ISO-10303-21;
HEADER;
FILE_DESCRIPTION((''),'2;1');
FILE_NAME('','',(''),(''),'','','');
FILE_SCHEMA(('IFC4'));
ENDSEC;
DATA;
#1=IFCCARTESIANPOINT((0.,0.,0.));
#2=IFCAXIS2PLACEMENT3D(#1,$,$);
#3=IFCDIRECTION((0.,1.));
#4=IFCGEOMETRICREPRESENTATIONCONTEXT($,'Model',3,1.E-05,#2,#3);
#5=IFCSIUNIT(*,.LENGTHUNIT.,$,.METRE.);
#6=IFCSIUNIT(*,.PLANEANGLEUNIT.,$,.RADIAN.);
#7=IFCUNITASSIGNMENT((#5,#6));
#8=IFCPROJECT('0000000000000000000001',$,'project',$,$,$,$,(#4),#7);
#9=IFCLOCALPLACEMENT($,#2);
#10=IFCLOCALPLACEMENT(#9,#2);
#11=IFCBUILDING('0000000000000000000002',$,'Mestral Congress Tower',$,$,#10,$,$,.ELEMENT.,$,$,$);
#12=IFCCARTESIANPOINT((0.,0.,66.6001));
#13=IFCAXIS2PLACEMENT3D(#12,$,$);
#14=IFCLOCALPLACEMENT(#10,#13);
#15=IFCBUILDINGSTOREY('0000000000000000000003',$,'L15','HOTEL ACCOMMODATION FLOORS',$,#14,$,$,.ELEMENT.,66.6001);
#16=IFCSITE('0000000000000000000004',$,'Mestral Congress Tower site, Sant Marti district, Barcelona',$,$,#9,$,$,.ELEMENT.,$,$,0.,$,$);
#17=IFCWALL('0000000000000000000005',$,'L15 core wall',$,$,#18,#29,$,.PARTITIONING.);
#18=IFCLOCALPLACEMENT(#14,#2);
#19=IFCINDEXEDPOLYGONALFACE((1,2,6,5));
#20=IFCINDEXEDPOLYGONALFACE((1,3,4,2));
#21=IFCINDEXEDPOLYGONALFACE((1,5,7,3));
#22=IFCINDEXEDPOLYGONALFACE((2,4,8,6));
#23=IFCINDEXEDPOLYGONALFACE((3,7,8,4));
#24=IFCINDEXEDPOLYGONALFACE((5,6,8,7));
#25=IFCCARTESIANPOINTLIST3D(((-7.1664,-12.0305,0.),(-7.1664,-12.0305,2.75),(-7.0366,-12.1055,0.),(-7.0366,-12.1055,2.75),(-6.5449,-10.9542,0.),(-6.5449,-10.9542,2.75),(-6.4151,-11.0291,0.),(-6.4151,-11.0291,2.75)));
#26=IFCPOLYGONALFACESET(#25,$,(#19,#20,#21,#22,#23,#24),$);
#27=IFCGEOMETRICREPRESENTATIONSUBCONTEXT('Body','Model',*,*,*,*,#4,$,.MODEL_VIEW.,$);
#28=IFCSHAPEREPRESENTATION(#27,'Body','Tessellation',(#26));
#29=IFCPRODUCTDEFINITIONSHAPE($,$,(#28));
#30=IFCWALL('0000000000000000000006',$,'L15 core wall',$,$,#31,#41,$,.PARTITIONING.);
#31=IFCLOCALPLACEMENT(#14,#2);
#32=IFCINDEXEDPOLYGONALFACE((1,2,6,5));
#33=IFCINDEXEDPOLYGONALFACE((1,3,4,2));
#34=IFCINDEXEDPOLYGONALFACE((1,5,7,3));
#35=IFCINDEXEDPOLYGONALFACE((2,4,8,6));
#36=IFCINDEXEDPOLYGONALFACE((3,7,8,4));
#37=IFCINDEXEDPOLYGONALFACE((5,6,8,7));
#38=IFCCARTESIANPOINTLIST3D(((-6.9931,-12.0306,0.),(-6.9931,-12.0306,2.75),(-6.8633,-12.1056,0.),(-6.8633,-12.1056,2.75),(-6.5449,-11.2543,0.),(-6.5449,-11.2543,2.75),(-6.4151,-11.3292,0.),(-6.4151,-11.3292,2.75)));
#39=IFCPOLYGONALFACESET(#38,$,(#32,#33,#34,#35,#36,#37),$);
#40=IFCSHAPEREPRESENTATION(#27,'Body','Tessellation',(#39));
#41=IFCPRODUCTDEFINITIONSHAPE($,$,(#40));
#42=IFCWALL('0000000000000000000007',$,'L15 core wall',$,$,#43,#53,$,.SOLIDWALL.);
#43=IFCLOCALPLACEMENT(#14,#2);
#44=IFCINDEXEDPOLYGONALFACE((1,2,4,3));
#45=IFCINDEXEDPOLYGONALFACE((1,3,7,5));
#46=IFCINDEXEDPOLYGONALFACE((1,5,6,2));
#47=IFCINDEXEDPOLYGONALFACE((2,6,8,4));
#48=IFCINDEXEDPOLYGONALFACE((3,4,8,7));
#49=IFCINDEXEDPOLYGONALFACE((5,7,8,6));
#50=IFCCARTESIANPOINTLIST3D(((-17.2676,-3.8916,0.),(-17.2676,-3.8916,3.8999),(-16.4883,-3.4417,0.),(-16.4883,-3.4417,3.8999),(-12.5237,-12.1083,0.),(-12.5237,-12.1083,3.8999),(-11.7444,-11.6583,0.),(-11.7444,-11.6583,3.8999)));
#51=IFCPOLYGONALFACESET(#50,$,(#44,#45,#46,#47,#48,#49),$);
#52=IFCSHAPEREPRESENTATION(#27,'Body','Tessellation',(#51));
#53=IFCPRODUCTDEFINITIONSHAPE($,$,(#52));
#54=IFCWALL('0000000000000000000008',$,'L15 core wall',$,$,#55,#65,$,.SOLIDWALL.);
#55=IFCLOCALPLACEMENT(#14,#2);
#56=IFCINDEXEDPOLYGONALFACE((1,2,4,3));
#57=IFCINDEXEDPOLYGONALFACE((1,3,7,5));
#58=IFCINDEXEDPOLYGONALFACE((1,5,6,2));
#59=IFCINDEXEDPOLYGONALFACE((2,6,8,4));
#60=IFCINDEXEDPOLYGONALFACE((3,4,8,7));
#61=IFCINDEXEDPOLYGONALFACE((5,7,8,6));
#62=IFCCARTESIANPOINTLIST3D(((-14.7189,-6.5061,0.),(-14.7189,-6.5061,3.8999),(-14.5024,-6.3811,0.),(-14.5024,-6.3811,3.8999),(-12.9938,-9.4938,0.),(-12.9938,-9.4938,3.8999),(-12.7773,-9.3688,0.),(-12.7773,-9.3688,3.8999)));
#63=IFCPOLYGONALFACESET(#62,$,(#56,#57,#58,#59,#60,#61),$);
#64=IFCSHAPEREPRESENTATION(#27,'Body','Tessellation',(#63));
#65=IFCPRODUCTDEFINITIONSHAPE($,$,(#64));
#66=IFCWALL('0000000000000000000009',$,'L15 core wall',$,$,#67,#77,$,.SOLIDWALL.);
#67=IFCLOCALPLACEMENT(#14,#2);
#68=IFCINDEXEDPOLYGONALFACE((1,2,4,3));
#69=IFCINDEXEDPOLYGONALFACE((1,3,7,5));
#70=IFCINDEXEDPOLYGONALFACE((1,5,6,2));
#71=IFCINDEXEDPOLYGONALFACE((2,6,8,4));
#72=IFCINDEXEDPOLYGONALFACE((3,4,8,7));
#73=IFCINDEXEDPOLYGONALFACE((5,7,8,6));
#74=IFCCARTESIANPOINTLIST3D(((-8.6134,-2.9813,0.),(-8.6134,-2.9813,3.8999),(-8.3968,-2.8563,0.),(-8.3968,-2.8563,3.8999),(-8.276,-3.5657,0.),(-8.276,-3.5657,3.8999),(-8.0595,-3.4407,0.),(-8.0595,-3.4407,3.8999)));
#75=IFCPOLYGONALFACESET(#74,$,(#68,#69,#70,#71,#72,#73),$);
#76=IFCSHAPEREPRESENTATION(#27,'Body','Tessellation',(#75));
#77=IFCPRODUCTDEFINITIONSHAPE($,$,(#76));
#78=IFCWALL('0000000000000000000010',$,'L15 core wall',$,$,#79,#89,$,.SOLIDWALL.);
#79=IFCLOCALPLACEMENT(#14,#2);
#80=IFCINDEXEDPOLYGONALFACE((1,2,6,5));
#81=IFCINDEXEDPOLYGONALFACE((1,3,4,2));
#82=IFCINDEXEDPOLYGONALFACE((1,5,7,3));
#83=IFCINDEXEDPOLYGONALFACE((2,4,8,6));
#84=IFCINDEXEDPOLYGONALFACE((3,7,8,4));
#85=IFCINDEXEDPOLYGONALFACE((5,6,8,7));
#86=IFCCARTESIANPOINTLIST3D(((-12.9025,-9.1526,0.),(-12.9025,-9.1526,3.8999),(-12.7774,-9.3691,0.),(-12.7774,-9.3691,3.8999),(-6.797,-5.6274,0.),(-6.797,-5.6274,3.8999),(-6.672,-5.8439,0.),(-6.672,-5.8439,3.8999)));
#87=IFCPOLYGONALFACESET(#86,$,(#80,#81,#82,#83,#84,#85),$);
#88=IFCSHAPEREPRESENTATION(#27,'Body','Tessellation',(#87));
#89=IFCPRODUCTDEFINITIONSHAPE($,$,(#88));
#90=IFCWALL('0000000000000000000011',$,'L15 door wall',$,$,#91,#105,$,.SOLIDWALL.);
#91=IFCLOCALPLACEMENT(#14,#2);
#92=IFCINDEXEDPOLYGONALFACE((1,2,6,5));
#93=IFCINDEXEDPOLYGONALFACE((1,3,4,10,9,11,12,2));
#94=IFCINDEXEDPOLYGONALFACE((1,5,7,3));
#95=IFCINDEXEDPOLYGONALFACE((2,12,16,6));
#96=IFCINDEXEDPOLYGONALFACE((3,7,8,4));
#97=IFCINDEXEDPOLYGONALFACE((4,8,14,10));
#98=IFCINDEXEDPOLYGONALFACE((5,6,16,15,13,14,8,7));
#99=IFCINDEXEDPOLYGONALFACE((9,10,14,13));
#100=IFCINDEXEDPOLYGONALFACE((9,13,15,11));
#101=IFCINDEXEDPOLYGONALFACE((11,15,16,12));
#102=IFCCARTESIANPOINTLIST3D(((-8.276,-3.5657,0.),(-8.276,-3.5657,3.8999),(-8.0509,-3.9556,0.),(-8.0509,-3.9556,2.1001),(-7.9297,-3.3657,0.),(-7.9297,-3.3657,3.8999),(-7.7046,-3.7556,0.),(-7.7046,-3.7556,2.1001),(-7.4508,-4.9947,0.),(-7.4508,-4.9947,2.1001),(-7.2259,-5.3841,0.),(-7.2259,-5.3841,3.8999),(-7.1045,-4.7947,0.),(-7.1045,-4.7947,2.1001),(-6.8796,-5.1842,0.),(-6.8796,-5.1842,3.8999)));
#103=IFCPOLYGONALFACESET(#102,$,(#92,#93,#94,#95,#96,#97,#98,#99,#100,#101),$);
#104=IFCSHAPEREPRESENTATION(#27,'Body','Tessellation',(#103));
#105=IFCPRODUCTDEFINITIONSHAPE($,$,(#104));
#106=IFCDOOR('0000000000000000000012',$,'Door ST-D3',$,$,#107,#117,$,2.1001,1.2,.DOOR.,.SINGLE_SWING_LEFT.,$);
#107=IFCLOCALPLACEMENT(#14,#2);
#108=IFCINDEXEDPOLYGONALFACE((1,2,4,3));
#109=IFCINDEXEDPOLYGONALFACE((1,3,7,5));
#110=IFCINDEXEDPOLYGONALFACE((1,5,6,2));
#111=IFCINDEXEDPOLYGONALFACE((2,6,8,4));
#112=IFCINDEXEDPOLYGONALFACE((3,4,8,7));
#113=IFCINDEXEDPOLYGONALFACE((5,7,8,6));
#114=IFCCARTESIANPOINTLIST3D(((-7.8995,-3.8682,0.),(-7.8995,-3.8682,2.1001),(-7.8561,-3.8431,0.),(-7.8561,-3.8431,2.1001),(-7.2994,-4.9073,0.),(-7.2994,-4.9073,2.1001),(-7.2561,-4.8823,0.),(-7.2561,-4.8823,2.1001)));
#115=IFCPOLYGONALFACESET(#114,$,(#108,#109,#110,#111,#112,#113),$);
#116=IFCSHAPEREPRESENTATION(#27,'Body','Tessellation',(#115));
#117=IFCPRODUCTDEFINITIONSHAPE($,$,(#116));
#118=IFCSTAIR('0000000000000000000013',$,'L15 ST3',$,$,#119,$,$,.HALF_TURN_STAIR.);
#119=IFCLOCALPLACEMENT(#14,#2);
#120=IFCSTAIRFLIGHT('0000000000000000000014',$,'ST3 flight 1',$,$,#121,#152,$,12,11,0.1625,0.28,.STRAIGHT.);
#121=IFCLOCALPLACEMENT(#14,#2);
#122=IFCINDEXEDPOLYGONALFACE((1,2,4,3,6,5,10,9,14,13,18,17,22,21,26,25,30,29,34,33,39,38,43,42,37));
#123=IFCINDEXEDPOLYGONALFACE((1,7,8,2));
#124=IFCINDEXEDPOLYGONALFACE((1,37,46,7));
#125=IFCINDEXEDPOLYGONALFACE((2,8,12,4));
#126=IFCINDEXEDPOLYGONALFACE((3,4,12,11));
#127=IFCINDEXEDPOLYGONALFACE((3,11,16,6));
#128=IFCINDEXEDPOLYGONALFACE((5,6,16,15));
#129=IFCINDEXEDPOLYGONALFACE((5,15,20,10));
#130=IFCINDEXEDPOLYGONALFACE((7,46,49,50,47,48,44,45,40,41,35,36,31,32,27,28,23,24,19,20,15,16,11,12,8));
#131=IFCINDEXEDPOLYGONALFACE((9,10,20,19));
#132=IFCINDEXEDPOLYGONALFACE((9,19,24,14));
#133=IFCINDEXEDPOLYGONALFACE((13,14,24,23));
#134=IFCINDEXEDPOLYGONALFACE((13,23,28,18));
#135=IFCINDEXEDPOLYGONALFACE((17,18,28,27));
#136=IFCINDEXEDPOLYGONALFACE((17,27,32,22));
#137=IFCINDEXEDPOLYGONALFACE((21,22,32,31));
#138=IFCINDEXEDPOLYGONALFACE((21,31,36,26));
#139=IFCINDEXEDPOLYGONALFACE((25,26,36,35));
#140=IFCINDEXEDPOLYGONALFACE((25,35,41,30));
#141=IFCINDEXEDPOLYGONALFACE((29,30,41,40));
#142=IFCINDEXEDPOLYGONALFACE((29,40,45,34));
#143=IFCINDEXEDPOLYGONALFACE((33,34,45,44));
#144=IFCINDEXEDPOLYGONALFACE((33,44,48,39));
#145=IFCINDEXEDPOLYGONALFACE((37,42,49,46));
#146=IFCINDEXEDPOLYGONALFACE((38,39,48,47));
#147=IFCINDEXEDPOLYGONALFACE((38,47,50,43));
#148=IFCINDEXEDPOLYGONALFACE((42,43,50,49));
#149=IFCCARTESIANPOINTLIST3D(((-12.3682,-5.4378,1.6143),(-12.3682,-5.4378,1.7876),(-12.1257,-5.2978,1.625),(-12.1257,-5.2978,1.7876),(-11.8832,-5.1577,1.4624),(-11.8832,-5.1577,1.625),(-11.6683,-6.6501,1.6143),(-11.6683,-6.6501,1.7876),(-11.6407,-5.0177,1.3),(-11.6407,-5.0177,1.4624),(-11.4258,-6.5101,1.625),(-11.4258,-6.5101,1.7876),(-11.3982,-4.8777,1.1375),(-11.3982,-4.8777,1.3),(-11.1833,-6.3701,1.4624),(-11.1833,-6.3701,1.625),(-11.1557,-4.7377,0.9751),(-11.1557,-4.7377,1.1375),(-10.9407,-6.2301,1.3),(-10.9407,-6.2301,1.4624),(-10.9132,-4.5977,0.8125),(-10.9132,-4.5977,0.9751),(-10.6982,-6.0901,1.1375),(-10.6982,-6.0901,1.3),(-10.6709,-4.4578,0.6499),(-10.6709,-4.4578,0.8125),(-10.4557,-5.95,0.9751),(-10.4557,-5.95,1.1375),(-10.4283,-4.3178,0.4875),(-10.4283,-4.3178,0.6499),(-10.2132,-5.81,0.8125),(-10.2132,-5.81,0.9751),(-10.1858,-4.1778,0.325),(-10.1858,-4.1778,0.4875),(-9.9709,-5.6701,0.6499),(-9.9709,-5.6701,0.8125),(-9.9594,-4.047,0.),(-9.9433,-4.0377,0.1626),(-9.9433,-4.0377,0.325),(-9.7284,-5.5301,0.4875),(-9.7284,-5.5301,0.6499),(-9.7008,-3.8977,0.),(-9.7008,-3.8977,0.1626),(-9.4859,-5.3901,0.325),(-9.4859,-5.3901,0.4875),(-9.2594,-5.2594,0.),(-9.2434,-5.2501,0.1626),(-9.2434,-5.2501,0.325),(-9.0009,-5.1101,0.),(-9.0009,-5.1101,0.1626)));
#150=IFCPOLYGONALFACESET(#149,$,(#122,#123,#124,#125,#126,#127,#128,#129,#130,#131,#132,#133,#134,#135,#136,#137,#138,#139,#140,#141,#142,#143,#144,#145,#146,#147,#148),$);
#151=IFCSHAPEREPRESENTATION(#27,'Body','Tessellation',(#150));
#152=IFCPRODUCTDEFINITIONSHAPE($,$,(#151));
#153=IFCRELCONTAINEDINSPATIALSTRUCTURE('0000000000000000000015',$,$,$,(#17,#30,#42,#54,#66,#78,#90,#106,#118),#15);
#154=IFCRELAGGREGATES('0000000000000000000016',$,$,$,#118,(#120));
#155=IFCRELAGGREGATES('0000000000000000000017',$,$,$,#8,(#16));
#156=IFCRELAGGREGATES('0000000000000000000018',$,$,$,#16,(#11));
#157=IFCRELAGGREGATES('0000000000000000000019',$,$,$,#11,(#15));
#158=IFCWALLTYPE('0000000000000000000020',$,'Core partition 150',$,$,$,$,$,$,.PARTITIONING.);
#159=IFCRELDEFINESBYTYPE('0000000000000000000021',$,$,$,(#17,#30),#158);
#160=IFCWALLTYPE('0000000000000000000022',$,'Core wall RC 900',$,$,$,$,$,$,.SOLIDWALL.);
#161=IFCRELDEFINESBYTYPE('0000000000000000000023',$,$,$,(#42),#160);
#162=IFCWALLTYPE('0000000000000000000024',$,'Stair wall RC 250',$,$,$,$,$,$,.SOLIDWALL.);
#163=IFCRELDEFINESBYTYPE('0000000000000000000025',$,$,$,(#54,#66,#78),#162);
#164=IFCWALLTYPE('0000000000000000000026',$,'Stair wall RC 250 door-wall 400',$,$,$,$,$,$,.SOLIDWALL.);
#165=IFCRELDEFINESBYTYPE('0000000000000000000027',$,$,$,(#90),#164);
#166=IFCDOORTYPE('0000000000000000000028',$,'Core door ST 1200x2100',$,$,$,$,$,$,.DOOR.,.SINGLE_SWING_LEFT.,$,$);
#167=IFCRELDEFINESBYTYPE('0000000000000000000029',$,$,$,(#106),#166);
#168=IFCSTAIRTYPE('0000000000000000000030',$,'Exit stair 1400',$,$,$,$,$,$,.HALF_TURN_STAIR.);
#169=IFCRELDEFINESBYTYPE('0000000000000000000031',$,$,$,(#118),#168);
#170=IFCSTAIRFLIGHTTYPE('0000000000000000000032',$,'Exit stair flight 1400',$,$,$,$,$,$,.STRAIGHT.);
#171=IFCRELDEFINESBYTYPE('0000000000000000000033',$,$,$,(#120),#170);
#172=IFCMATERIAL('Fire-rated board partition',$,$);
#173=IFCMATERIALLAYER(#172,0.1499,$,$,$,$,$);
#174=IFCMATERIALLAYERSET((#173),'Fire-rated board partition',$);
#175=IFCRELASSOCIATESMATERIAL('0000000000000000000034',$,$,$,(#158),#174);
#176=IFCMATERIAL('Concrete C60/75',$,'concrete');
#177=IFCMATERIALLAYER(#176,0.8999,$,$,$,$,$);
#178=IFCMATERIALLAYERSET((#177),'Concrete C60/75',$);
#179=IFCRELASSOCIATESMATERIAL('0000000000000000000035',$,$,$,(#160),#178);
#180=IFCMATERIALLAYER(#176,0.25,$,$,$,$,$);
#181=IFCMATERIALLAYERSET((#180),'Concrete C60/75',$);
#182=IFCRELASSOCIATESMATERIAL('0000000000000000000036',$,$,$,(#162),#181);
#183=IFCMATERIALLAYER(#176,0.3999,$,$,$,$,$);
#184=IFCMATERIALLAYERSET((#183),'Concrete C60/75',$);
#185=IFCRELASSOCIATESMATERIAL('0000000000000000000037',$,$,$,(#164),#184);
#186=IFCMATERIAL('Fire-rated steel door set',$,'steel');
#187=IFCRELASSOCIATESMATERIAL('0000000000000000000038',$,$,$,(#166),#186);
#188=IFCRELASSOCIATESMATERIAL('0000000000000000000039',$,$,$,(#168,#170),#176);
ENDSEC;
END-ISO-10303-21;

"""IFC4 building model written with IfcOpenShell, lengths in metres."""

from ifc_helpers import new_model, si_unit, direction, frame, frame_2d, origin, place, context, subcontext, project, spatial, polyline, rectangle, outline, extrude, material, layer, layer_set, type_object, element, fill, aggregate, save


model = new_model("IFC4")

# Units and contexts
model_context = context("Model", 3, precision=1e-05, world=origin(), true_north=direction((0.0, 1.0)))
body_context = subcontext(model_context, "Body", "Model", "MODEL_VIEW")
ifc_project = project(units=[si_unit("LENGTHUNIT", "METRE"), si_unit("PLANEANGLEUNIT", "RADIAN")], contexts=[model_context])

# Site, building, storey
site_placement = place(None, origin())
site = spatial("IfcSite", under=ifc_project, at=site_placement, Name="Mestral Congress Tower site, Sant Marti district, Barcelona", CompositionType="ELEMENT", RefElevation=0.0)
building_placement = place(site_placement, origin())
building = spatial("IfcBuilding", under=site, at=building_placement, Name="Mestral Congress Tower", CompositionType="ELEMENT")
storey_placement = place(building_placement, frame((0.0, 0.0, 66.6001)))
storey = spatial("IfcBuildingStorey", under=building, at=storey_placement, Name="L15", Description="HOTEL ACCOMMODATION FLOORS", CompositionType="ELEMENT", Elevation=66.6001)

# Walls
ifc_material_1 = material(Name="Fire-rated board partition")
ifc_layer_1 = layer(ifc_material_1, 0.1499)
ifc_layer_set_1 = layer_set([ifc_layer_1], Name="Fire-rated board partition")
wall_type_1 = type_object("IfcWallType", Name="Core partition 150", PredefinedType="PARTITIONING", material=ifc_layer_set_1)
wall_1_placement = place(storey_placement, frame((-7.1016, -12.0681, 0.0), z_axis=(0.0, 0.0, 1.0), x_axis=(0.500068, 0.865986, 0.0)))
element("IfcWall", 1, at=wall_1_placement, inside=storey, type_object=wall_type_1, Name="L15 core wall", PredefinedType="PARTITIONING", context=body_context, shape_type="SweptSolid", body=[
    extrude(rectangle(XDim=1.2429, YDim=0.1499, at=frame_2d((0.6216, 0.0))), origin(), (0.0, 0.0, 1.0), 2.75),
])
wall_2_placement = place(storey_placement, frame((-6.9282, -12.0681, 0.0), z_axis=(0.0, 0.0, 1.0), x_axis=(0.500005, 0.866022, 0.0)))
element("IfcWall", 2, at=wall_2_placement, inside=storey, type_object=wall_type_1, Name="L15 core wall", PredefinedType="PARTITIONING", context=body_context, shape_type="SweptSolid", body=[
    extrude(rectangle(XDim=0.8965, YDim=0.1499, at=frame_2d((0.4482, 0.0))), origin(), (0.0, 0.0, 1.0), 2.75),
])
ifc_material_2 = material(Name="Concrete C60/75", Category="concrete")
ifc_layer_2 = layer(ifc_material_2, 0.8999)
ifc_layer_set_2 = layer_set([ifc_layer_2], Name="Concrete C60/75")
wall_type_2 = type_object("IfcWallType", Name="Core wall RC 900", PredefinedType="SOLIDWALL", material=ifc_layer_set_2)
wall_3_placement = place(storey_placement, frame((-12.134, -11.8833, 0.0), z_axis=(0.0, 0.0, 1.0), x_axis=(-0.500005, 0.866022, 0.0)))
element("IfcWall", 3, at=wall_3_placement, inside=storey, type_object=wall_type_2, Name="L15 core wall", PredefinedType="SOLIDWALL", context=body_context, shape_type="SweptSolid", body=[
    extrude(rectangle(XDim=9.4878, YDim=0.8999, at=frame_2d((4.7439, 0.0))), origin(), (0.0, 0.0, 1.0), 3.8999),
])
ifc_layer_3 = layer(ifc_material_2, 0.25)
ifc_layer_set_3 = layer_set([ifc_layer_3], Name="Concrete C60/75")
wall_type_3 = type_object("IfcWallType", Name="Stair wall RC 250", PredefinedType="SOLIDWALL", material=ifc_layer_set_3)
wall_4_placement = place(storey_placement, frame((-12.8855, -9.4314, 0.0), z_axis=(0.0, 0.0, 1.0), x_axis=(-0.500021, 0.866014, 0.0)))
element("IfcWall", 4, at=wall_4_placement, inside=storey, type_object=wall_type_3, Name="L15 core wall", PredefinedType="SOLIDWALL", context=body_context, shape_type="SweptSolid", body=[
    extrude(rectangle(XDim=3.45, YDim=0.25, at=frame_2d((1.7251, 0.0))), origin(), (0.0, 0.0, 1.0), 3.8999),
])
wall_5_placement = place(storey_placement, frame((-8.1677, -3.5032, 0.0), z_axis=(0.0, 0.0, 1.0), x_axis=(-0.499952, 0.866053, 0.0)))
element("IfcWall", 5, at=wall_5_placement, inside=storey, type_object=wall_type_3, Name="L15 core wall", PredefinedType="SOLIDWALL", context=body_context, shape_type="SweptSolid", body=[
    extrude(rectangle(XDim=0.6748, YDim=0.25, at=frame_2d((0.3374, 0.0))), origin(), (0.0, 0.0, 1.0), 3.8999),
])
wall_6_placement = place(storey_placement, frame((-12.8398, -9.2607, 0.0), z_axis=(0.0, 0.0, 1.0), x_axis=(0.866016, 0.500016, 0.0)))
element("IfcWall", 6, at=wall_6_placement, inside=storey, type_object=wall_type_3, Name="L15 core wall", PredefinedType="SOLIDWALL", context=body_context, shape_type="SweptSolid", body=[
    extrude(rectangle(XDim=7.05, YDim=0.25, at=frame_2d((3.5249, 0.0))), origin(), (0.0, 0.0, 1.0), 3.8999),
])

# Wall, opening, door
ifc_layer_4 = layer(ifc_material_2, 0.3999)
ifc_layer_set_4 = layer_set([ifc_layer_4], Name="Concrete C60/75")
wall_type_4 = type_object("IfcWallType", Name="Stair wall RC 250 door-wall 400", PredefinedType="SOLIDWALL", material=ifc_layer_set_4)
wall_7_placement = place(storey_placement, frame((-8.1028, -3.4658, 0.0), z_axis=(0.0, 0.0, 1.0), x_axis=(0.500078, -0.86598, 0.0)))
wall_7 = element("IfcWall", 7, at=wall_7_placement, inside=storey, type_object=wall_type_4, Name="L15 door wall", PredefinedType="SOLIDWALL", context=body_context, shape_type="SweptSolid", body=[
    extrude(rectangle(XDim=2.0999, YDim=0.3999, at=frame_2d((1.0498, 0.0))), origin(), (0.0, 0.0, 1.0), 3.8999),
])
opening_placement = place(wall_7_placement, frame((0.45, 0.0, 0.0)))
opening = element("IfcOpeningElement", 8, at=opening_placement, cuts=wall_7, PredefinedType="OPENING", context=body_context, shape_type="SweptSolid", body=[
    extrude(rectangle(XDim=1.2, YDim=2.1001, at=frame_2d((0.6001, 1.05))), frame((0.0, 0.21, 0.0), z_axis=(0.0, -1.0, 0.0), x_axis=(1.0, 0.0, 0.0)), (0.0, 0.0, 1.0), 0.4199),
])
ifc_material_3 = material(Name="Fire-rated steel door set", Category="steel")
door_type = type_object("IfcDoorType", Name="Core door ST 1200x2100", OperationType="SINGLE_SWING_LEFT", PredefinedType="DOOR", material=ifc_material_3)
door_placement = place(opening_placement, origin())
door = element("IfcDoor", 9, at=door_placement, inside=storey, type_object=door_type, Name="Door ST-D3", OperationType="SINGLE_SWING_LEFT", OverallHeight=2.1001, OverallWidth=1.2, PredefinedType="DOOR", context=body_context, shape_type="SweptSolid", body=[
    extrude(rectangle(XDim=1.2, YDim=2.1001, at=frame_2d((0.6001, 1.05))), frame((0.0, 0.0249, 0.0), z_axis=(0.0, -1.0, 0.0), x_axis=(1.0, 0.0, 0.0)), (0.0, 0.0, 1.0), 0.05),
])
fill(opening, door)

# Stair, stair flight
stair_type = type_object("IfcStairType", Name="Exit stair 1400", PredefinedType="HALF_TURN_STAIR", material=ifc_material_2)
stair_placement = place(storey_placement, origin())
stair = element("IfcStair", 10, at=stair_placement, inside=storey, type_object=stair_type, Name="L15 ST3", PredefinedType="HALF_TURN_STAIR")
stair_flight_type = type_object("IfcStairFlightType", Name="Exit stair flight 1400", PredefinedType="STRAIGHT", material=ifc_material_2)
stair_flight_1_placement = place(storey_placement, frame((-9.3508, -4.5039, 0.0), z_axis=(0.0, 0.0, 1.0), x_axis=(-0.866025, -0.5, 0.0)))
stair_flight_1 = element("IfcStairFlight", 11, at=stair_flight_1_placement, type_object=stair_flight_type, Name="ST3 flight 1", NumberOfRisers=12, NumberOfTreads=11, PredefinedType="STRAIGHT", RiserHeight=0.1625, TreadLength=0.28, context=body_context, shape_type="SweptSolid", body=[
    extrude(outline(polyline([(0.0, 0.0), (0.0, 0.1626), (0.28, 0.1626), (0.28, 0.325), (0.5601, 0.325), (0.5601, 0.4875), (0.8401, 0.4875), (0.8401, 0.6499), (1.1201, 0.6499), (1.1201, 0.8125), (1.3999, 0.8125), (1.3999, 0.9751), (1.6799, 0.9751), (1.6799, 1.1375), (1.96, 1.1375), (1.96, 1.3), (2.24, 1.3), (2.24, 1.4624), (2.52, 1.4624), (2.52, 1.625), (2.8, 1.625), (2.8, 1.7876), (3.0801, 1.7876), (3.0801, 1.95), (3.0801, 1.6143), (0.2986, 0.0), (0.0, 0.0)])), frame((0.0, 0.7, 0.0), z_axis=(0.0, -1.0, 0.0), x_axis=(1.0, 0.0, 0.0)), (0.0, 0.0, 1.0), 1.3999),
])
aggregate(stair, [stair_flight_1])

save(model, "model.ifc")
